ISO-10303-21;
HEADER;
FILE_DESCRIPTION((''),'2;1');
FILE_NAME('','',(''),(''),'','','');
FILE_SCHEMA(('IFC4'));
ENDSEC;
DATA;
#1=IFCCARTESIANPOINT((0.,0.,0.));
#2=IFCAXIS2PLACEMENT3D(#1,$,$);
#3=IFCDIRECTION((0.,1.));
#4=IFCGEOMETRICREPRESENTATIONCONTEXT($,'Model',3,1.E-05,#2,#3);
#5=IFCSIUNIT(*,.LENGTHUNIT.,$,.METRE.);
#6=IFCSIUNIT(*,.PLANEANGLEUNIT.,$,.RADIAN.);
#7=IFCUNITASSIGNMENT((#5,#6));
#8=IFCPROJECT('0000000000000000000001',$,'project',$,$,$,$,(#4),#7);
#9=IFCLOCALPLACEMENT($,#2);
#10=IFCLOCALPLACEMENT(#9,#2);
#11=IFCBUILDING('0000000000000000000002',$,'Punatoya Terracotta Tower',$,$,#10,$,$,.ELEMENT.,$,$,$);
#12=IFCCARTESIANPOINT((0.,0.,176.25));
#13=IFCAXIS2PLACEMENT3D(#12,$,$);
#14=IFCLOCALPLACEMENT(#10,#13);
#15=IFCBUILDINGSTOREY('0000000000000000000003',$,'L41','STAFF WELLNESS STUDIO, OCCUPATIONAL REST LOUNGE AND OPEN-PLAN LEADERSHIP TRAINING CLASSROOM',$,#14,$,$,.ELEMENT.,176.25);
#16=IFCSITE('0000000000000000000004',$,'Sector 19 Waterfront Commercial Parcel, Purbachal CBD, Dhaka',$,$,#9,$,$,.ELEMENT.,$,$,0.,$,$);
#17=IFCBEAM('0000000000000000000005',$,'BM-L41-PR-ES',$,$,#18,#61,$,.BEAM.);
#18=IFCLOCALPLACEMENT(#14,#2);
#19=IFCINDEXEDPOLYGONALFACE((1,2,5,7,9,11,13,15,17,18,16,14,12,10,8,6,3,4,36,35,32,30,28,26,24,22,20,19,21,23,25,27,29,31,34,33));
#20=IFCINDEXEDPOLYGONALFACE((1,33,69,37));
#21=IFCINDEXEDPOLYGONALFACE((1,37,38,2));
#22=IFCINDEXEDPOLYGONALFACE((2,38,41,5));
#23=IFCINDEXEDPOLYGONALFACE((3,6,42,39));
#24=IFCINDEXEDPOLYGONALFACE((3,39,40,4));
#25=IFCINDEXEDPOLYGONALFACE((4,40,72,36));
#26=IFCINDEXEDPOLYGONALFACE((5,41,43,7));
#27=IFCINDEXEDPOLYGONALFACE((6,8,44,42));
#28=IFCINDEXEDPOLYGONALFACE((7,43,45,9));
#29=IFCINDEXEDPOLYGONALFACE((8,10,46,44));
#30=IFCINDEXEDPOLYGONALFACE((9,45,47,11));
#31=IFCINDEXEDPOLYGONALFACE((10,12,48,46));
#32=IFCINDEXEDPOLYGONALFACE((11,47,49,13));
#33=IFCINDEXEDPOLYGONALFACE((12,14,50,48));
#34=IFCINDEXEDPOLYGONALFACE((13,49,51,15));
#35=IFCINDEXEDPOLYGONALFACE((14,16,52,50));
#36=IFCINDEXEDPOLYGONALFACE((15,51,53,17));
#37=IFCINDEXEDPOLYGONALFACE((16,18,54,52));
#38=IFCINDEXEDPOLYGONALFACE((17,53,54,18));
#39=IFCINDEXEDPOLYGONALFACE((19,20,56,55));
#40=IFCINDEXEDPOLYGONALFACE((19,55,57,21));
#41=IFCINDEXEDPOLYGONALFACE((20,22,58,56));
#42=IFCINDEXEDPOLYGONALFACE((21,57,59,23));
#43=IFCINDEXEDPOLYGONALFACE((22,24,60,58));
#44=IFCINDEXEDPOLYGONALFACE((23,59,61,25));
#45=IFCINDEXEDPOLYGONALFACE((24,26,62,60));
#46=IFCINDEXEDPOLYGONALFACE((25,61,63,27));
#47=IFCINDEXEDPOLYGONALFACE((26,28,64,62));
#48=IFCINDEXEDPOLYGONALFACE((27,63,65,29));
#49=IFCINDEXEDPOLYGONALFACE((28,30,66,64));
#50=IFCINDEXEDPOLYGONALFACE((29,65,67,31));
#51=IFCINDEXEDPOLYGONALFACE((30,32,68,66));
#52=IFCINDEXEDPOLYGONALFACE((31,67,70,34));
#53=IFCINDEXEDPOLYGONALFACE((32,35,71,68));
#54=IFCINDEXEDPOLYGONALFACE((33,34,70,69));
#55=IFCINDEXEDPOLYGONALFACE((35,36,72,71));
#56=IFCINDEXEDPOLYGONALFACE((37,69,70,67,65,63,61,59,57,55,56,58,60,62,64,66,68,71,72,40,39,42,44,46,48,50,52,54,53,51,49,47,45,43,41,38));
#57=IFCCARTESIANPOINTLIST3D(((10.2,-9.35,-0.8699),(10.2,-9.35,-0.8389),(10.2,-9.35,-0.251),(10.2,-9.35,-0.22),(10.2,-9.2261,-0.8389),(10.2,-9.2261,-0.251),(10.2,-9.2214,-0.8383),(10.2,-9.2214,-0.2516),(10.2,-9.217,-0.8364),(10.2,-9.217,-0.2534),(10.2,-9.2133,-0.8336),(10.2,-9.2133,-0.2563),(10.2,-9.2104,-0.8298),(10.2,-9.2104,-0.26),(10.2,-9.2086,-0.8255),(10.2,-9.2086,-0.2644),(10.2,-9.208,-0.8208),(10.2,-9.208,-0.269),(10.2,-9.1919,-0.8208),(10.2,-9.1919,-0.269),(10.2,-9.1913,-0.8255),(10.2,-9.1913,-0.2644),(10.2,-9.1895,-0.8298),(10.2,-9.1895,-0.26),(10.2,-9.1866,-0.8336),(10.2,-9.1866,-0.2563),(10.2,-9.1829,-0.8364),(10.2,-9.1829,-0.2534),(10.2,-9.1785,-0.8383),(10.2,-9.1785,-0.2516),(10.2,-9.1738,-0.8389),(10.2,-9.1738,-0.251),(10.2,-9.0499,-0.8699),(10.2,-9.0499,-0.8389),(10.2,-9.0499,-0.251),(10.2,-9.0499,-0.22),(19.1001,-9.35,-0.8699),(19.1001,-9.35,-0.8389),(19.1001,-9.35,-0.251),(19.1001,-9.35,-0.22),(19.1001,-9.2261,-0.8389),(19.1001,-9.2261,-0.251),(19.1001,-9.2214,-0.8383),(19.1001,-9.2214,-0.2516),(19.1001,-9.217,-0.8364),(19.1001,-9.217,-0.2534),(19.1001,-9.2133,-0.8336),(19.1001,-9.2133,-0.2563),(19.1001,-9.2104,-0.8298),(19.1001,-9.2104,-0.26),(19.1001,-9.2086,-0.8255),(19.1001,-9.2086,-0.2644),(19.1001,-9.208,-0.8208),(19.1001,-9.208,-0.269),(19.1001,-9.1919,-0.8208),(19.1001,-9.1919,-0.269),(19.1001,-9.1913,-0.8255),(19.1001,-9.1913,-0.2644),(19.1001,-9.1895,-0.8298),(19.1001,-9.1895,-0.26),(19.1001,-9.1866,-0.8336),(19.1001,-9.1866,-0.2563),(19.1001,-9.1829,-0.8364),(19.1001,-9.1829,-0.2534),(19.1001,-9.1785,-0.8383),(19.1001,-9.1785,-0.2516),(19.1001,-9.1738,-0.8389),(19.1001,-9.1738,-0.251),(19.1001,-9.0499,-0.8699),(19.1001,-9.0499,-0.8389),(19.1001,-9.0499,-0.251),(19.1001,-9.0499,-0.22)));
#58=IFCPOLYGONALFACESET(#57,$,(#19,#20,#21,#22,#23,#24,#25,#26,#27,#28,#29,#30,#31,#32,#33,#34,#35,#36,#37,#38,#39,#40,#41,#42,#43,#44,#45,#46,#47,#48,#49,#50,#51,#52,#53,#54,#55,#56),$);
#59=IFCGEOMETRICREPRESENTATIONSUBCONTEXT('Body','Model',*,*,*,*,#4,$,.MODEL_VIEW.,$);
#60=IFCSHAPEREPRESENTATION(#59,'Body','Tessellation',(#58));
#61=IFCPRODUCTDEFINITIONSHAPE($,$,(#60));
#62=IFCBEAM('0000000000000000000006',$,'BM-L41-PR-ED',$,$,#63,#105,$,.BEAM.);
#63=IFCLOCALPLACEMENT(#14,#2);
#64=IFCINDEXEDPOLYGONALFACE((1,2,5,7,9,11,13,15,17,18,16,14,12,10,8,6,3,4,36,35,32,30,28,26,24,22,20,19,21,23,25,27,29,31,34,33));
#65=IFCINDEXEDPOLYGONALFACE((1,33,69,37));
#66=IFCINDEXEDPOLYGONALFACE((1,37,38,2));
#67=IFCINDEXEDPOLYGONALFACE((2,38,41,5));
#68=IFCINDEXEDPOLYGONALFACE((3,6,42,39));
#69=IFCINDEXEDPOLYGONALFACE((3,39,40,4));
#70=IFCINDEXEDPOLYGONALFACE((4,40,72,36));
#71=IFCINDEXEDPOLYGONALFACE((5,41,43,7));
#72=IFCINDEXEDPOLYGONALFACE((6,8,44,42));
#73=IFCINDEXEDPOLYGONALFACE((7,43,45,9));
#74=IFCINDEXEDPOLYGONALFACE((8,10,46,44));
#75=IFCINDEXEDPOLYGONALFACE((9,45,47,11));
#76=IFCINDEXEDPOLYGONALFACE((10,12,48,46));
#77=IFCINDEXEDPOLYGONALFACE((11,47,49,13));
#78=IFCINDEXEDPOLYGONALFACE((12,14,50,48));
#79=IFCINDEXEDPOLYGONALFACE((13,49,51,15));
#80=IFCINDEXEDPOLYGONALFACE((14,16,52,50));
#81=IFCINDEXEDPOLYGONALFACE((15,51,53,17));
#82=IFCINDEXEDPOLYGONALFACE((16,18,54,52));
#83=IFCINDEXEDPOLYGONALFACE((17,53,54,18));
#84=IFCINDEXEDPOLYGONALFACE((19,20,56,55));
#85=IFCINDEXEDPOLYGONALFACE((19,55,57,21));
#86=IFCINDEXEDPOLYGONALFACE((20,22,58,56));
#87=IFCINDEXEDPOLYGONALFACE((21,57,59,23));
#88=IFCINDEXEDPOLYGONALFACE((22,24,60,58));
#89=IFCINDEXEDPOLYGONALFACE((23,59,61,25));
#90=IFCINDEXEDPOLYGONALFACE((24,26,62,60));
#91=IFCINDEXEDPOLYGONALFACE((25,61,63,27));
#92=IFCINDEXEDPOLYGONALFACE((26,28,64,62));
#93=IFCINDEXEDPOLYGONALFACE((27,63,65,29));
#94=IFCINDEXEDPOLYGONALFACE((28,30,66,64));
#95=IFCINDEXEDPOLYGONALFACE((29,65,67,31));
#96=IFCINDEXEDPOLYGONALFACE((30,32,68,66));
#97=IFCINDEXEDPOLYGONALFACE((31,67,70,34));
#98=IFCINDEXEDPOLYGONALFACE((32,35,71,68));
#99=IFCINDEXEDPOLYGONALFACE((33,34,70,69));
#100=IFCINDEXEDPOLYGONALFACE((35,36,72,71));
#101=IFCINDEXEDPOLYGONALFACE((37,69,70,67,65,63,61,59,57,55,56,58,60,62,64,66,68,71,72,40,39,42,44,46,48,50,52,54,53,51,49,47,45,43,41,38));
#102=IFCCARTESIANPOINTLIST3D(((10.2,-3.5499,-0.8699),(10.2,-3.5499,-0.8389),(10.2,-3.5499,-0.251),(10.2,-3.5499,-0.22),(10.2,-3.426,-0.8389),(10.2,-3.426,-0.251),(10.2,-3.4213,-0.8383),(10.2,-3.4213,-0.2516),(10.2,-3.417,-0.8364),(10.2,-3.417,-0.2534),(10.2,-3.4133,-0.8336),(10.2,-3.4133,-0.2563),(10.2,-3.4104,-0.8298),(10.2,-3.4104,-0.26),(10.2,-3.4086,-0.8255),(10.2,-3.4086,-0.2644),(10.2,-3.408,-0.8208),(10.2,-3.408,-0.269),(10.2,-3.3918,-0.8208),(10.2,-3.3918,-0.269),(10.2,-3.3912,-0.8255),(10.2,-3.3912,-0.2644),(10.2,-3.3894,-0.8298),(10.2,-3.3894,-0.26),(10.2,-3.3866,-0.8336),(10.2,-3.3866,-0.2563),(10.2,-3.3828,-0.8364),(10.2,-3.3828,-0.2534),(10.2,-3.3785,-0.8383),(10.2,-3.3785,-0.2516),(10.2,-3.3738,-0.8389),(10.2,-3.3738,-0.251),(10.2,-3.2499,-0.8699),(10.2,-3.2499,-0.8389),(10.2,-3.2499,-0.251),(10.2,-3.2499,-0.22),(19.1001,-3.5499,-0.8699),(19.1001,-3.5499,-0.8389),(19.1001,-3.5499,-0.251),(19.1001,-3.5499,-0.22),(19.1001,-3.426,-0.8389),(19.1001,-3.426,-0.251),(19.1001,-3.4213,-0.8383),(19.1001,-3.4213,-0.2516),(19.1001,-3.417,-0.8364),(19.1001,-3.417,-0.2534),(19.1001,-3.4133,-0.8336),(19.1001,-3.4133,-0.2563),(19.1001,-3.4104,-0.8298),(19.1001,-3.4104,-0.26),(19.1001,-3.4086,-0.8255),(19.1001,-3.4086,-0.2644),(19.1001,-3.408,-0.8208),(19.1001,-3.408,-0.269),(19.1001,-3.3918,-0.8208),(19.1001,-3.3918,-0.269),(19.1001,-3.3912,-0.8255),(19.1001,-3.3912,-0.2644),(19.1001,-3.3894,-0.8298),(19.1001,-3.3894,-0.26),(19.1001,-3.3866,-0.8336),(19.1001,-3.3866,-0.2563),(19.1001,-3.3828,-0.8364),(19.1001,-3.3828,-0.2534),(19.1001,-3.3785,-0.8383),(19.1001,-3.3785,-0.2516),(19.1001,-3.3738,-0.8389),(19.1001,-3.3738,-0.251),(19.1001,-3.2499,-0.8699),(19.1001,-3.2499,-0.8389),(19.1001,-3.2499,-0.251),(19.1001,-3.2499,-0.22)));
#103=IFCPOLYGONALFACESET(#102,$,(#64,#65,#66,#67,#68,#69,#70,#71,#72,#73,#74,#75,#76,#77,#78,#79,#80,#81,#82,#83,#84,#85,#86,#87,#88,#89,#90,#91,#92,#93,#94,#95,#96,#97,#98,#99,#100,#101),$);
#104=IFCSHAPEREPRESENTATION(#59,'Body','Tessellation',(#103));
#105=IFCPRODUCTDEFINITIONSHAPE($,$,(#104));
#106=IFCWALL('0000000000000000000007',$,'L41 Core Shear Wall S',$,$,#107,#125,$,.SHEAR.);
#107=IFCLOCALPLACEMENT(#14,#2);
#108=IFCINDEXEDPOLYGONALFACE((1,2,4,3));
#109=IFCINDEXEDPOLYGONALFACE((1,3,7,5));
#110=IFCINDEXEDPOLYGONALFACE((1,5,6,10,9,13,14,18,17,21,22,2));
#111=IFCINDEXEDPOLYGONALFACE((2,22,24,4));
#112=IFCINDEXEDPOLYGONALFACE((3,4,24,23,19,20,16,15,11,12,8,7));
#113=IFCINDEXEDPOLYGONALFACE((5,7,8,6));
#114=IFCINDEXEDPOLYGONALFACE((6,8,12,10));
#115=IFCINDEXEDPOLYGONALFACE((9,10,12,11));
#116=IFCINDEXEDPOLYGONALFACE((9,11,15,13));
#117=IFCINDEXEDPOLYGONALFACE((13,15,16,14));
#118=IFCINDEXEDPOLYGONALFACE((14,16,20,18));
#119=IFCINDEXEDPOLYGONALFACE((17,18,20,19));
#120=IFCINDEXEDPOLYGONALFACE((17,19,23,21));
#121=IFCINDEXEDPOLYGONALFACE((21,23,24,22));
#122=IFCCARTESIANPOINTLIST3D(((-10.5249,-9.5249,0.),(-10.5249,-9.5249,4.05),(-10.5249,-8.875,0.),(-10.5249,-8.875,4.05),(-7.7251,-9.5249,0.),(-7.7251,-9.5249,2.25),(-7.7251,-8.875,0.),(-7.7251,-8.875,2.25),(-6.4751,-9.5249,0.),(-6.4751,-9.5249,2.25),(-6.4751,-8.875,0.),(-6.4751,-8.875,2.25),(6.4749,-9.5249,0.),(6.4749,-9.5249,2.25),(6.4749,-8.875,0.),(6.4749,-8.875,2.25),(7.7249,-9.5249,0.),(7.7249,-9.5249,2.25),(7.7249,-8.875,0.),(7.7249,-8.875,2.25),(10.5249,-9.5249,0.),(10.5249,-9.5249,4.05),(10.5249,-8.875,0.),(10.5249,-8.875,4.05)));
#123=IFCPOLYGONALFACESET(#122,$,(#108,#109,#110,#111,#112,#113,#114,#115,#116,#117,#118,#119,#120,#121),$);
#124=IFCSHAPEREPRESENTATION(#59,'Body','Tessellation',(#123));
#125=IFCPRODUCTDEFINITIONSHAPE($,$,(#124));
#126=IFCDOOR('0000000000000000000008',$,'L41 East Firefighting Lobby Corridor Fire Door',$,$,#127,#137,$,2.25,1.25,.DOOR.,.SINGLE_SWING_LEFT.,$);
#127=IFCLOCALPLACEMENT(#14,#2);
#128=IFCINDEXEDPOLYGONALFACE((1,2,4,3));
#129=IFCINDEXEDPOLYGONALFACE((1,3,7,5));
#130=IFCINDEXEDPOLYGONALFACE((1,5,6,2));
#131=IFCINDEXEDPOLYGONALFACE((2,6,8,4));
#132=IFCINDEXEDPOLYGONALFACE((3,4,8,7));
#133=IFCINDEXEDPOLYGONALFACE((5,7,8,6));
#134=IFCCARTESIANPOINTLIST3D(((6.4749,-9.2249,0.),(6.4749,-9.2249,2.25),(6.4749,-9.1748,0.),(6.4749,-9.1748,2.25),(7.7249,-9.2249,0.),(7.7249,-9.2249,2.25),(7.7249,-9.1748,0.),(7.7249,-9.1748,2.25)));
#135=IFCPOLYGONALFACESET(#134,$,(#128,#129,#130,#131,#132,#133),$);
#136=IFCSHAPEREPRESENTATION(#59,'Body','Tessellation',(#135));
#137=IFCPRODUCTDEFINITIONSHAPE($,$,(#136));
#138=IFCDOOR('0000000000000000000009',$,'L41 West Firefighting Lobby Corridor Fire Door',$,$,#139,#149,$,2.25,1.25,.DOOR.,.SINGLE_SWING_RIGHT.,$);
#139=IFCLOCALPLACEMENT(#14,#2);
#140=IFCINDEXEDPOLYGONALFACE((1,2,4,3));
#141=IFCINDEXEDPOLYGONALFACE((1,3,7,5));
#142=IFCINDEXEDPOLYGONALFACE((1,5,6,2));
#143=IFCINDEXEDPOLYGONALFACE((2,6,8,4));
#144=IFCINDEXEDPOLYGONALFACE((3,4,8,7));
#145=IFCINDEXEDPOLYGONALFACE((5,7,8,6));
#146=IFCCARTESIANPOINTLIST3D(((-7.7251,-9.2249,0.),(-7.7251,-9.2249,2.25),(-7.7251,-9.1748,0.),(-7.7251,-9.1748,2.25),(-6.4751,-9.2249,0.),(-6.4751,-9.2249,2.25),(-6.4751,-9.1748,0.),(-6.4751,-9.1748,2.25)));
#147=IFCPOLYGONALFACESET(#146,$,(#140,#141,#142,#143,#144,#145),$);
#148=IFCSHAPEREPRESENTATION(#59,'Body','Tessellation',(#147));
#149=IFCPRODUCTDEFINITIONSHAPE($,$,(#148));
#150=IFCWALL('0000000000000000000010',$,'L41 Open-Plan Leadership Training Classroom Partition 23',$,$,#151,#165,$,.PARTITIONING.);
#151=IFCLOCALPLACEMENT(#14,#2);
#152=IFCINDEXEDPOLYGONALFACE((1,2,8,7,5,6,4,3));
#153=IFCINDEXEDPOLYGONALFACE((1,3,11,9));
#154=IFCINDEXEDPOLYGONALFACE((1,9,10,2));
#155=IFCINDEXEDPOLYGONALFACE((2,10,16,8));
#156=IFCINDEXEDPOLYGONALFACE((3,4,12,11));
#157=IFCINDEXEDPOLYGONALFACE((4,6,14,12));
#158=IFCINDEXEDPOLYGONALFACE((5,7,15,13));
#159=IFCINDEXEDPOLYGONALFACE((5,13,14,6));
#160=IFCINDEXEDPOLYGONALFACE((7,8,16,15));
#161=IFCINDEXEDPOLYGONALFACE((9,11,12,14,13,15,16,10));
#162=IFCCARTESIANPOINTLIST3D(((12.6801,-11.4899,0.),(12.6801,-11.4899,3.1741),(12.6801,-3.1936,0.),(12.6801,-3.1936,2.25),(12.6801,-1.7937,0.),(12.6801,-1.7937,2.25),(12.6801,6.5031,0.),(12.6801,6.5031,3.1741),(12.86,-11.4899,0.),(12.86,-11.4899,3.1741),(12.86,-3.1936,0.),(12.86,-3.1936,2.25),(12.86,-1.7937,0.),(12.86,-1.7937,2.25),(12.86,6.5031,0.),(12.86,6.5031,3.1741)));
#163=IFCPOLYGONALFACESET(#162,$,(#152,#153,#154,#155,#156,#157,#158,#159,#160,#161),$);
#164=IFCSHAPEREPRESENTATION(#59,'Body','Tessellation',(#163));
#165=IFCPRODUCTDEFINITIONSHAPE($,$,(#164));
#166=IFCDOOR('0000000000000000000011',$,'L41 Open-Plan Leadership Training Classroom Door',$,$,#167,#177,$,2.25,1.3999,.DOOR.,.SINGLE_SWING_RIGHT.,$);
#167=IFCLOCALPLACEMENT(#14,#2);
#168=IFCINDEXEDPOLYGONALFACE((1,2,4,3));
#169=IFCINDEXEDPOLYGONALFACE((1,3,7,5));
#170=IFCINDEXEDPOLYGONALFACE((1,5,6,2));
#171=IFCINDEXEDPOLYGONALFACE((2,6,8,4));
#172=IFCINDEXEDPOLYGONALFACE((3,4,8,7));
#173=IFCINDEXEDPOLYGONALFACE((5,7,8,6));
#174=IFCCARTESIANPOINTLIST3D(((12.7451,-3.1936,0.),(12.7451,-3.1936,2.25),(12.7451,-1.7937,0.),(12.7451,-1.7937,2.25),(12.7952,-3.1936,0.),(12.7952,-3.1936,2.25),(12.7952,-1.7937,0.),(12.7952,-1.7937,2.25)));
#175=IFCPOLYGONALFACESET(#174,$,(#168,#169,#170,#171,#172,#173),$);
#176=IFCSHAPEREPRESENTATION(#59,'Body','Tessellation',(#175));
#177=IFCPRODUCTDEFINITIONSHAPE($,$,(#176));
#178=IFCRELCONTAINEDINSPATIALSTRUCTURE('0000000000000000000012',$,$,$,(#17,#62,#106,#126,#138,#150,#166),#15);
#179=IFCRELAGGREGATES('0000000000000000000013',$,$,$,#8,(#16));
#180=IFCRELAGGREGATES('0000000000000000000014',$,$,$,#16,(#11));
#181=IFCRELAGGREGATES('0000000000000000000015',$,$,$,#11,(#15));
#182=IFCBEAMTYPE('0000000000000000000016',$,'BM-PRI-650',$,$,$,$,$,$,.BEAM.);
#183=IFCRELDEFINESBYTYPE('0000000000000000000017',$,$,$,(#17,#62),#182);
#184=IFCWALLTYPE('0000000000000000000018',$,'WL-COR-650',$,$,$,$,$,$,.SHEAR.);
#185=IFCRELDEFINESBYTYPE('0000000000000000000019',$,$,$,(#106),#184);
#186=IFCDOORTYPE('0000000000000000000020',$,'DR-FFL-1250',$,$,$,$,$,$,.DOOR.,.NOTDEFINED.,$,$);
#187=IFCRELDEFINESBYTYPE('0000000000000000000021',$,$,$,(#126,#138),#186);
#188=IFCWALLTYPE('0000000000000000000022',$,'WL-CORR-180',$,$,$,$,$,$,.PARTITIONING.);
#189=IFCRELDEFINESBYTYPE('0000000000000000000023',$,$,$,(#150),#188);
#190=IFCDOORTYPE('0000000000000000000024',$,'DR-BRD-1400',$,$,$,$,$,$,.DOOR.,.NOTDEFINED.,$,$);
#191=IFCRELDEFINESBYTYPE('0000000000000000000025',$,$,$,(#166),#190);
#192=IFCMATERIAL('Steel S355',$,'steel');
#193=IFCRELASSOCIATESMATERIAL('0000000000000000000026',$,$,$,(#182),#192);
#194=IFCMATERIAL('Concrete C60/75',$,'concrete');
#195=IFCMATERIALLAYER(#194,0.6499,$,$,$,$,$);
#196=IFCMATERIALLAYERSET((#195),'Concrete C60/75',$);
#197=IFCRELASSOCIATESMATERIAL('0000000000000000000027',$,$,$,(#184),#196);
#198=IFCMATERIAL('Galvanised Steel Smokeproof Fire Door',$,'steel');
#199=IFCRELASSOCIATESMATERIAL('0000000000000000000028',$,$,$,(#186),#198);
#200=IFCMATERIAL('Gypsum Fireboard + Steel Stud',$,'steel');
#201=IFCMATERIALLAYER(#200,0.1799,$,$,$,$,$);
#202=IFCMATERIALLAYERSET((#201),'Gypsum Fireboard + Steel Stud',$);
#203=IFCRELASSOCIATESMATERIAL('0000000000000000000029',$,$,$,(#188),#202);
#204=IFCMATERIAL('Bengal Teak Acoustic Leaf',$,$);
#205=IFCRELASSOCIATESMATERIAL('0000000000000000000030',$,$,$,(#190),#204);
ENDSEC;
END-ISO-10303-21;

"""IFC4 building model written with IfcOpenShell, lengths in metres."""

from ifc_helpers import new_model, si_unit, direction, frame, frame_2d, origin, origin_2d, place, context, subcontext, project, spatial, rectangle, i_section, extrude, material, layer, layer_set, material_profile, profile_set, type_object, element, fill, save


model = new_model("IFC4")

# Units and contexts
model_context = context("Model", 3, precision=1e-05, world=origin(), true_north=direction((0.0, 1.0)))
body_context = subcontext(model_context, "Body", "Model", "MODEL_VIEW")
ifc_project = project(units=[si_unit("LENGTHUNIT", "METRE"), si_unit("PLANEANGLEUNIT", "RADIAN")], contexts=[model_context])

# Site, building, storey
site_placement = place(None, origin())
site = spatial("IfcSite", under=ifc_project, at=site_placement, Name="Sector 19 Waterfront Commercial Parcel, Purbachal CBD, Dhaka", CompositionType="ELEMENT", RefElevation=0.0)
building_placement = place(site_placement, origin())
building = spatial("IfcBuilding", under=site, at=building_placement, Name="Punatoya Terracotta Tower", CompositionType="ELEMENT")
storey_placement = place(building_placement, frame((0.0, 0.0, 176.25)))
storey = spatial("IfcBuildingStorey", under=building, at=storey_placement, Name="L41", Description="STAFF WELLNESS STUDIO, OCCUPATIONAL REST LOUNGE AND OPEN-PLAN LEADERSHIP TRAINING CLASSROOM", CompositionType="ELEMENT", Elevation=176.25)

# Beams
ifc_material_1 = material(Name="Steel S355", Category="steel")
ifc_material_profile = material_profile(ifc_material_1, i_section(OverallWidth=0.3, OverallDepth=0.6499, WebThickness=0.0161, FlangeThickness=0.031, FilletRadius=0.0181, at=origin_2d()))
ifc_profile_set = profile_set([ifc_material_profile], Name="Steel S355")
beam_type = type_object("IfcBeamType", Name="BM-PRI-650", PredefinedType="BEAM", material=ifc_profile_set)
for number, where, z_axis, x_axis, name in (
    (1, (10.2, -9.2, -0.5449), (1.0, 0.0, 0.0), (0.0, 1.0, 0.0), "BM-L41-PR-ES"),
    (2, (10.2, -3.3999, -0.5449), (1.0, 0.0, 0.0), (0.0, 1.0, 0.0), "BM-L41-PR-ED"),
):
    element("IfcBeam", number, at=place(storey_placement, frame(where, z_axis=z_axis, x_axis=x_axis)), inside=storey, type_object=beam_type, Name=name, PredefinedType="BEAM", context=body_context, shape_type="SweptSolid", body=[
        extrude(i_section(OverallWidth=0.3, OverallDepth=0.6499, WebThickness=0.0161, FlangeThickness=0.031, FilletRadius=0.0181, at=origin_2d()), origin(), (0.0, 0.0, 1.0), 8.9001),
    ])

# Wall, openings, doors
ifc_material_2 = material(Name="Concrete C60/75", Category="concrete")
ifc_layer_1 = layer(ifc_material_2, 0.6499)
ifc_layer_set_1 = layer_set([ifc_layer_1], Name="Concrete C60/75")
wall_type_1 = type_object("IfcWallType", Name="WL-COR-650", PredefinedType="SHEAR", material=ifc_layer_set_1)
wall_1_placement = place(storey_placement, frame((10.5249, -9.2, 0.0), z_axis=(0.0, 0.0, 1.0), x_axis=(-1.0, 0.0, 0.0)))
wall_1 = element("IfcWall", 3, at=wall_1_placement, inside=storey, type_object=wall_type_1, Name="L41 Core Shear Wall S", PredefinedType="SHEAR", context=body_context, shape_type="SweptSolid", body=[
    extrude(rectangle(XDim=21.0498, YDim=0.6499, at=frame_2d((10.5249, 0.0))), origin(), (0.0, 0.0, 1.0), 4.05),
])
opening_1_placement = place(wall_1_placement, frame((2.8, 0.0, 0.0)))
opening_1 = element("IfcOpeningElement", 4, at=opening_1_placement, cuts=wall_1, PredefinedType="OPENING", context=body_context, shape_type="SweptSolid", body=[
    extrude(rectangle(XDim=1.25, YDim=2.25, at=frame_2d((0.625, 1.125))), frame((0.0, 0.335, 0.0), z_axis=(0.0, -1.0, 0.0), x_axis=(1.0, 0.0, 0.0)), (0.0, 0.0, 1.0), 0.6699),
])
opening_2_placement = place(wall_1_placement, frame((17.0, 0.0, 0.0)))
opening_2 = element("IfcOpeningElement", 5, at=opening_2_placement, cuts=wall_1, PredefinedType="OPENING", context=body_context, shape_type="SweptSolid", body=[
    extrude(rectangle(XDim=1.25, YDim=2.25, at=frame_2d((0.625, 1.125))), frame((0.0, 0.335, 0.0), z_axis=(0.0, -1.0, 0.0), x_axis=(1.0, 0.0, 0.0)), (0.0, 0.0, 1.0), 0.6699),
])
ifc_material_3 = material(Name="Galvanised Steel Smokeproof Fire Door", Category="steel")
door_type_1 = type_object("IfcDoorType", Name="DR-FFL-1250", OperationType="NOTDEFINED", PredefinedType="DOOR", material=ifc_material_3)
door_1_placement = place(opening_1_placement, origin())
door_1 = element("IfcDoor", 6, at=door_1_placement, inside=storey, type_object=door_type_1, Name="L41 East Firefighting Lobby Corridor Fire Door", OperationType="SINGLE_SWING_LEFT", OverallHeight=2.25, OverallWidth=1.25, PredefinedType="DOOR", context=body_context, shape_type="SweptSolid", body=[
    extrude(rectangle(XDim=1.25, YDim=2.25, at=frame_2d((0.625, 1.125))), frame((0.0, 0.0249, 0.0), z_axis=(0.0, -1.0, 0.0), x_axis=(1.0, 0.0, 0.0)), (0.0, 0.0, 1.0), 0.05),
])
fill(opening_1, door_1)
door_2_placement = place(opening_2_placement, origin())
door_2 = element("IfcDoor", 7, at=door_2_placement, inside=storey, type_object=door_type_1, Name="L41 West Firefighting Lobby Corridor Fire Door", OperationType="SINGLE_SWING_RIGHT", OverallHeight=2.25, OverallWidth=1.25, PredefinedType="DOOR", context=body_context, shape_type="SweptSolid", body=[
    extrude(rectangle(XDim=1.25, YDim=2.25, at=frame_2d((0.625, 1.125))), frame((0.0, 0.0249, 0.0), z_axis=(0.0, -1.0, 0.0), x_axis=(1.0, 0.0, 0.0)), (0.0, 0.0, 1.0), 0.05),
])
fill(opening_2, door_2)

# Wall, opening, door
ifc_material_4 = material(Name="Gypsum Fireboard + Steel Stud", Category="steel")
ifc_layer_2 = layer(ifc_material_4, 0.1799)
ifc_layer_set_2 = layer_set([ifc_layer_2], Name="Gypsum Fireboard + Steel Stud")
wall_type_2 = type_object("IfcWallType", Name="WL-CORR-180", PredefinedType="PARTITIONING", material=ifc_layer_set_2)
wall_2_placement = place(storey_placement, frame((12.77, -11.49, 0.0), z_axis=(0.0, 0.0, 1.0), x_axis=(0.0, 1.0, 0.0)))
wall_2 = element("IfcWall", 8, at=wall_2_placement, inside=storey, type_object=wall_type_2, Name="L41 Open-Plan Leadership Training Classroom Partition 23", PredefinedType="PARTITIONING", context=body_context, shape_type="SweptSolid", body=[
    extrude(rectangle(XDim=17.9929, YDim=0.1799, at=frame_2d((8.9966, 0.0))), origin(), (0.0, 0.0, 1.0), 3.1741),
])
opening_3_placement = place(wall_2_placement, frame((8.2964, 0.0, 0.0)))
opening_3 = element("IfcOpeningElement", 9, at=opening_3_placement, cuts=wall_2, PredefinedType="OPENING", context=body_context, shape_type="SweptSolid", body=[
    extrude(rectangle(XDim=1.3999, YDim=2.25, at=frame_2d((0.7, 1.125))), frame((0.0, 0.0999, 0.0), z_axis=(0.0, -1.0, 0.0), x_axis=(1.0, 0.0, 0.0)), (0.0, 0.0, 1.0), 0.2),
])
ifc_material_5 = material(Name="Bengal Teak Acoustic Leaf")
door_type_2 = type_object("IfcDoorType", Name="DR-BRD-1400", OperationType="NOTDEFINED", PredefinedType="DOOR", material=ifc_material_5)
door_3_placement = place(opening_3_placement, origin())
door_3 = element("IfcDoor", 10, at=door_3_placement, inside=storey, type_object=door_type_2, Name="L41 Open-Plan Leadership Training Classroom Door", OperationType="SINGLE_SWING_RIGHT", OverallHeight=2.25, OverallWidth=1.3999, PredefinedType="DOOR", context=body_context, shape_type="SweptSolid", body=[
    extrude(rectangle(XDim=1.3999, YDim=2.25, at=frame_2d((0.7, 1.125))), frame((0.0, 0.0249, 0.0), z_axis=(0.0, -1.0, 0.0), x_axis=(1.0, 0.0, 0.0)), (0.0, 0.0, 1.0), 0.05),
])
fill(opening_3, door_3)

save(model, "model.ifc")
